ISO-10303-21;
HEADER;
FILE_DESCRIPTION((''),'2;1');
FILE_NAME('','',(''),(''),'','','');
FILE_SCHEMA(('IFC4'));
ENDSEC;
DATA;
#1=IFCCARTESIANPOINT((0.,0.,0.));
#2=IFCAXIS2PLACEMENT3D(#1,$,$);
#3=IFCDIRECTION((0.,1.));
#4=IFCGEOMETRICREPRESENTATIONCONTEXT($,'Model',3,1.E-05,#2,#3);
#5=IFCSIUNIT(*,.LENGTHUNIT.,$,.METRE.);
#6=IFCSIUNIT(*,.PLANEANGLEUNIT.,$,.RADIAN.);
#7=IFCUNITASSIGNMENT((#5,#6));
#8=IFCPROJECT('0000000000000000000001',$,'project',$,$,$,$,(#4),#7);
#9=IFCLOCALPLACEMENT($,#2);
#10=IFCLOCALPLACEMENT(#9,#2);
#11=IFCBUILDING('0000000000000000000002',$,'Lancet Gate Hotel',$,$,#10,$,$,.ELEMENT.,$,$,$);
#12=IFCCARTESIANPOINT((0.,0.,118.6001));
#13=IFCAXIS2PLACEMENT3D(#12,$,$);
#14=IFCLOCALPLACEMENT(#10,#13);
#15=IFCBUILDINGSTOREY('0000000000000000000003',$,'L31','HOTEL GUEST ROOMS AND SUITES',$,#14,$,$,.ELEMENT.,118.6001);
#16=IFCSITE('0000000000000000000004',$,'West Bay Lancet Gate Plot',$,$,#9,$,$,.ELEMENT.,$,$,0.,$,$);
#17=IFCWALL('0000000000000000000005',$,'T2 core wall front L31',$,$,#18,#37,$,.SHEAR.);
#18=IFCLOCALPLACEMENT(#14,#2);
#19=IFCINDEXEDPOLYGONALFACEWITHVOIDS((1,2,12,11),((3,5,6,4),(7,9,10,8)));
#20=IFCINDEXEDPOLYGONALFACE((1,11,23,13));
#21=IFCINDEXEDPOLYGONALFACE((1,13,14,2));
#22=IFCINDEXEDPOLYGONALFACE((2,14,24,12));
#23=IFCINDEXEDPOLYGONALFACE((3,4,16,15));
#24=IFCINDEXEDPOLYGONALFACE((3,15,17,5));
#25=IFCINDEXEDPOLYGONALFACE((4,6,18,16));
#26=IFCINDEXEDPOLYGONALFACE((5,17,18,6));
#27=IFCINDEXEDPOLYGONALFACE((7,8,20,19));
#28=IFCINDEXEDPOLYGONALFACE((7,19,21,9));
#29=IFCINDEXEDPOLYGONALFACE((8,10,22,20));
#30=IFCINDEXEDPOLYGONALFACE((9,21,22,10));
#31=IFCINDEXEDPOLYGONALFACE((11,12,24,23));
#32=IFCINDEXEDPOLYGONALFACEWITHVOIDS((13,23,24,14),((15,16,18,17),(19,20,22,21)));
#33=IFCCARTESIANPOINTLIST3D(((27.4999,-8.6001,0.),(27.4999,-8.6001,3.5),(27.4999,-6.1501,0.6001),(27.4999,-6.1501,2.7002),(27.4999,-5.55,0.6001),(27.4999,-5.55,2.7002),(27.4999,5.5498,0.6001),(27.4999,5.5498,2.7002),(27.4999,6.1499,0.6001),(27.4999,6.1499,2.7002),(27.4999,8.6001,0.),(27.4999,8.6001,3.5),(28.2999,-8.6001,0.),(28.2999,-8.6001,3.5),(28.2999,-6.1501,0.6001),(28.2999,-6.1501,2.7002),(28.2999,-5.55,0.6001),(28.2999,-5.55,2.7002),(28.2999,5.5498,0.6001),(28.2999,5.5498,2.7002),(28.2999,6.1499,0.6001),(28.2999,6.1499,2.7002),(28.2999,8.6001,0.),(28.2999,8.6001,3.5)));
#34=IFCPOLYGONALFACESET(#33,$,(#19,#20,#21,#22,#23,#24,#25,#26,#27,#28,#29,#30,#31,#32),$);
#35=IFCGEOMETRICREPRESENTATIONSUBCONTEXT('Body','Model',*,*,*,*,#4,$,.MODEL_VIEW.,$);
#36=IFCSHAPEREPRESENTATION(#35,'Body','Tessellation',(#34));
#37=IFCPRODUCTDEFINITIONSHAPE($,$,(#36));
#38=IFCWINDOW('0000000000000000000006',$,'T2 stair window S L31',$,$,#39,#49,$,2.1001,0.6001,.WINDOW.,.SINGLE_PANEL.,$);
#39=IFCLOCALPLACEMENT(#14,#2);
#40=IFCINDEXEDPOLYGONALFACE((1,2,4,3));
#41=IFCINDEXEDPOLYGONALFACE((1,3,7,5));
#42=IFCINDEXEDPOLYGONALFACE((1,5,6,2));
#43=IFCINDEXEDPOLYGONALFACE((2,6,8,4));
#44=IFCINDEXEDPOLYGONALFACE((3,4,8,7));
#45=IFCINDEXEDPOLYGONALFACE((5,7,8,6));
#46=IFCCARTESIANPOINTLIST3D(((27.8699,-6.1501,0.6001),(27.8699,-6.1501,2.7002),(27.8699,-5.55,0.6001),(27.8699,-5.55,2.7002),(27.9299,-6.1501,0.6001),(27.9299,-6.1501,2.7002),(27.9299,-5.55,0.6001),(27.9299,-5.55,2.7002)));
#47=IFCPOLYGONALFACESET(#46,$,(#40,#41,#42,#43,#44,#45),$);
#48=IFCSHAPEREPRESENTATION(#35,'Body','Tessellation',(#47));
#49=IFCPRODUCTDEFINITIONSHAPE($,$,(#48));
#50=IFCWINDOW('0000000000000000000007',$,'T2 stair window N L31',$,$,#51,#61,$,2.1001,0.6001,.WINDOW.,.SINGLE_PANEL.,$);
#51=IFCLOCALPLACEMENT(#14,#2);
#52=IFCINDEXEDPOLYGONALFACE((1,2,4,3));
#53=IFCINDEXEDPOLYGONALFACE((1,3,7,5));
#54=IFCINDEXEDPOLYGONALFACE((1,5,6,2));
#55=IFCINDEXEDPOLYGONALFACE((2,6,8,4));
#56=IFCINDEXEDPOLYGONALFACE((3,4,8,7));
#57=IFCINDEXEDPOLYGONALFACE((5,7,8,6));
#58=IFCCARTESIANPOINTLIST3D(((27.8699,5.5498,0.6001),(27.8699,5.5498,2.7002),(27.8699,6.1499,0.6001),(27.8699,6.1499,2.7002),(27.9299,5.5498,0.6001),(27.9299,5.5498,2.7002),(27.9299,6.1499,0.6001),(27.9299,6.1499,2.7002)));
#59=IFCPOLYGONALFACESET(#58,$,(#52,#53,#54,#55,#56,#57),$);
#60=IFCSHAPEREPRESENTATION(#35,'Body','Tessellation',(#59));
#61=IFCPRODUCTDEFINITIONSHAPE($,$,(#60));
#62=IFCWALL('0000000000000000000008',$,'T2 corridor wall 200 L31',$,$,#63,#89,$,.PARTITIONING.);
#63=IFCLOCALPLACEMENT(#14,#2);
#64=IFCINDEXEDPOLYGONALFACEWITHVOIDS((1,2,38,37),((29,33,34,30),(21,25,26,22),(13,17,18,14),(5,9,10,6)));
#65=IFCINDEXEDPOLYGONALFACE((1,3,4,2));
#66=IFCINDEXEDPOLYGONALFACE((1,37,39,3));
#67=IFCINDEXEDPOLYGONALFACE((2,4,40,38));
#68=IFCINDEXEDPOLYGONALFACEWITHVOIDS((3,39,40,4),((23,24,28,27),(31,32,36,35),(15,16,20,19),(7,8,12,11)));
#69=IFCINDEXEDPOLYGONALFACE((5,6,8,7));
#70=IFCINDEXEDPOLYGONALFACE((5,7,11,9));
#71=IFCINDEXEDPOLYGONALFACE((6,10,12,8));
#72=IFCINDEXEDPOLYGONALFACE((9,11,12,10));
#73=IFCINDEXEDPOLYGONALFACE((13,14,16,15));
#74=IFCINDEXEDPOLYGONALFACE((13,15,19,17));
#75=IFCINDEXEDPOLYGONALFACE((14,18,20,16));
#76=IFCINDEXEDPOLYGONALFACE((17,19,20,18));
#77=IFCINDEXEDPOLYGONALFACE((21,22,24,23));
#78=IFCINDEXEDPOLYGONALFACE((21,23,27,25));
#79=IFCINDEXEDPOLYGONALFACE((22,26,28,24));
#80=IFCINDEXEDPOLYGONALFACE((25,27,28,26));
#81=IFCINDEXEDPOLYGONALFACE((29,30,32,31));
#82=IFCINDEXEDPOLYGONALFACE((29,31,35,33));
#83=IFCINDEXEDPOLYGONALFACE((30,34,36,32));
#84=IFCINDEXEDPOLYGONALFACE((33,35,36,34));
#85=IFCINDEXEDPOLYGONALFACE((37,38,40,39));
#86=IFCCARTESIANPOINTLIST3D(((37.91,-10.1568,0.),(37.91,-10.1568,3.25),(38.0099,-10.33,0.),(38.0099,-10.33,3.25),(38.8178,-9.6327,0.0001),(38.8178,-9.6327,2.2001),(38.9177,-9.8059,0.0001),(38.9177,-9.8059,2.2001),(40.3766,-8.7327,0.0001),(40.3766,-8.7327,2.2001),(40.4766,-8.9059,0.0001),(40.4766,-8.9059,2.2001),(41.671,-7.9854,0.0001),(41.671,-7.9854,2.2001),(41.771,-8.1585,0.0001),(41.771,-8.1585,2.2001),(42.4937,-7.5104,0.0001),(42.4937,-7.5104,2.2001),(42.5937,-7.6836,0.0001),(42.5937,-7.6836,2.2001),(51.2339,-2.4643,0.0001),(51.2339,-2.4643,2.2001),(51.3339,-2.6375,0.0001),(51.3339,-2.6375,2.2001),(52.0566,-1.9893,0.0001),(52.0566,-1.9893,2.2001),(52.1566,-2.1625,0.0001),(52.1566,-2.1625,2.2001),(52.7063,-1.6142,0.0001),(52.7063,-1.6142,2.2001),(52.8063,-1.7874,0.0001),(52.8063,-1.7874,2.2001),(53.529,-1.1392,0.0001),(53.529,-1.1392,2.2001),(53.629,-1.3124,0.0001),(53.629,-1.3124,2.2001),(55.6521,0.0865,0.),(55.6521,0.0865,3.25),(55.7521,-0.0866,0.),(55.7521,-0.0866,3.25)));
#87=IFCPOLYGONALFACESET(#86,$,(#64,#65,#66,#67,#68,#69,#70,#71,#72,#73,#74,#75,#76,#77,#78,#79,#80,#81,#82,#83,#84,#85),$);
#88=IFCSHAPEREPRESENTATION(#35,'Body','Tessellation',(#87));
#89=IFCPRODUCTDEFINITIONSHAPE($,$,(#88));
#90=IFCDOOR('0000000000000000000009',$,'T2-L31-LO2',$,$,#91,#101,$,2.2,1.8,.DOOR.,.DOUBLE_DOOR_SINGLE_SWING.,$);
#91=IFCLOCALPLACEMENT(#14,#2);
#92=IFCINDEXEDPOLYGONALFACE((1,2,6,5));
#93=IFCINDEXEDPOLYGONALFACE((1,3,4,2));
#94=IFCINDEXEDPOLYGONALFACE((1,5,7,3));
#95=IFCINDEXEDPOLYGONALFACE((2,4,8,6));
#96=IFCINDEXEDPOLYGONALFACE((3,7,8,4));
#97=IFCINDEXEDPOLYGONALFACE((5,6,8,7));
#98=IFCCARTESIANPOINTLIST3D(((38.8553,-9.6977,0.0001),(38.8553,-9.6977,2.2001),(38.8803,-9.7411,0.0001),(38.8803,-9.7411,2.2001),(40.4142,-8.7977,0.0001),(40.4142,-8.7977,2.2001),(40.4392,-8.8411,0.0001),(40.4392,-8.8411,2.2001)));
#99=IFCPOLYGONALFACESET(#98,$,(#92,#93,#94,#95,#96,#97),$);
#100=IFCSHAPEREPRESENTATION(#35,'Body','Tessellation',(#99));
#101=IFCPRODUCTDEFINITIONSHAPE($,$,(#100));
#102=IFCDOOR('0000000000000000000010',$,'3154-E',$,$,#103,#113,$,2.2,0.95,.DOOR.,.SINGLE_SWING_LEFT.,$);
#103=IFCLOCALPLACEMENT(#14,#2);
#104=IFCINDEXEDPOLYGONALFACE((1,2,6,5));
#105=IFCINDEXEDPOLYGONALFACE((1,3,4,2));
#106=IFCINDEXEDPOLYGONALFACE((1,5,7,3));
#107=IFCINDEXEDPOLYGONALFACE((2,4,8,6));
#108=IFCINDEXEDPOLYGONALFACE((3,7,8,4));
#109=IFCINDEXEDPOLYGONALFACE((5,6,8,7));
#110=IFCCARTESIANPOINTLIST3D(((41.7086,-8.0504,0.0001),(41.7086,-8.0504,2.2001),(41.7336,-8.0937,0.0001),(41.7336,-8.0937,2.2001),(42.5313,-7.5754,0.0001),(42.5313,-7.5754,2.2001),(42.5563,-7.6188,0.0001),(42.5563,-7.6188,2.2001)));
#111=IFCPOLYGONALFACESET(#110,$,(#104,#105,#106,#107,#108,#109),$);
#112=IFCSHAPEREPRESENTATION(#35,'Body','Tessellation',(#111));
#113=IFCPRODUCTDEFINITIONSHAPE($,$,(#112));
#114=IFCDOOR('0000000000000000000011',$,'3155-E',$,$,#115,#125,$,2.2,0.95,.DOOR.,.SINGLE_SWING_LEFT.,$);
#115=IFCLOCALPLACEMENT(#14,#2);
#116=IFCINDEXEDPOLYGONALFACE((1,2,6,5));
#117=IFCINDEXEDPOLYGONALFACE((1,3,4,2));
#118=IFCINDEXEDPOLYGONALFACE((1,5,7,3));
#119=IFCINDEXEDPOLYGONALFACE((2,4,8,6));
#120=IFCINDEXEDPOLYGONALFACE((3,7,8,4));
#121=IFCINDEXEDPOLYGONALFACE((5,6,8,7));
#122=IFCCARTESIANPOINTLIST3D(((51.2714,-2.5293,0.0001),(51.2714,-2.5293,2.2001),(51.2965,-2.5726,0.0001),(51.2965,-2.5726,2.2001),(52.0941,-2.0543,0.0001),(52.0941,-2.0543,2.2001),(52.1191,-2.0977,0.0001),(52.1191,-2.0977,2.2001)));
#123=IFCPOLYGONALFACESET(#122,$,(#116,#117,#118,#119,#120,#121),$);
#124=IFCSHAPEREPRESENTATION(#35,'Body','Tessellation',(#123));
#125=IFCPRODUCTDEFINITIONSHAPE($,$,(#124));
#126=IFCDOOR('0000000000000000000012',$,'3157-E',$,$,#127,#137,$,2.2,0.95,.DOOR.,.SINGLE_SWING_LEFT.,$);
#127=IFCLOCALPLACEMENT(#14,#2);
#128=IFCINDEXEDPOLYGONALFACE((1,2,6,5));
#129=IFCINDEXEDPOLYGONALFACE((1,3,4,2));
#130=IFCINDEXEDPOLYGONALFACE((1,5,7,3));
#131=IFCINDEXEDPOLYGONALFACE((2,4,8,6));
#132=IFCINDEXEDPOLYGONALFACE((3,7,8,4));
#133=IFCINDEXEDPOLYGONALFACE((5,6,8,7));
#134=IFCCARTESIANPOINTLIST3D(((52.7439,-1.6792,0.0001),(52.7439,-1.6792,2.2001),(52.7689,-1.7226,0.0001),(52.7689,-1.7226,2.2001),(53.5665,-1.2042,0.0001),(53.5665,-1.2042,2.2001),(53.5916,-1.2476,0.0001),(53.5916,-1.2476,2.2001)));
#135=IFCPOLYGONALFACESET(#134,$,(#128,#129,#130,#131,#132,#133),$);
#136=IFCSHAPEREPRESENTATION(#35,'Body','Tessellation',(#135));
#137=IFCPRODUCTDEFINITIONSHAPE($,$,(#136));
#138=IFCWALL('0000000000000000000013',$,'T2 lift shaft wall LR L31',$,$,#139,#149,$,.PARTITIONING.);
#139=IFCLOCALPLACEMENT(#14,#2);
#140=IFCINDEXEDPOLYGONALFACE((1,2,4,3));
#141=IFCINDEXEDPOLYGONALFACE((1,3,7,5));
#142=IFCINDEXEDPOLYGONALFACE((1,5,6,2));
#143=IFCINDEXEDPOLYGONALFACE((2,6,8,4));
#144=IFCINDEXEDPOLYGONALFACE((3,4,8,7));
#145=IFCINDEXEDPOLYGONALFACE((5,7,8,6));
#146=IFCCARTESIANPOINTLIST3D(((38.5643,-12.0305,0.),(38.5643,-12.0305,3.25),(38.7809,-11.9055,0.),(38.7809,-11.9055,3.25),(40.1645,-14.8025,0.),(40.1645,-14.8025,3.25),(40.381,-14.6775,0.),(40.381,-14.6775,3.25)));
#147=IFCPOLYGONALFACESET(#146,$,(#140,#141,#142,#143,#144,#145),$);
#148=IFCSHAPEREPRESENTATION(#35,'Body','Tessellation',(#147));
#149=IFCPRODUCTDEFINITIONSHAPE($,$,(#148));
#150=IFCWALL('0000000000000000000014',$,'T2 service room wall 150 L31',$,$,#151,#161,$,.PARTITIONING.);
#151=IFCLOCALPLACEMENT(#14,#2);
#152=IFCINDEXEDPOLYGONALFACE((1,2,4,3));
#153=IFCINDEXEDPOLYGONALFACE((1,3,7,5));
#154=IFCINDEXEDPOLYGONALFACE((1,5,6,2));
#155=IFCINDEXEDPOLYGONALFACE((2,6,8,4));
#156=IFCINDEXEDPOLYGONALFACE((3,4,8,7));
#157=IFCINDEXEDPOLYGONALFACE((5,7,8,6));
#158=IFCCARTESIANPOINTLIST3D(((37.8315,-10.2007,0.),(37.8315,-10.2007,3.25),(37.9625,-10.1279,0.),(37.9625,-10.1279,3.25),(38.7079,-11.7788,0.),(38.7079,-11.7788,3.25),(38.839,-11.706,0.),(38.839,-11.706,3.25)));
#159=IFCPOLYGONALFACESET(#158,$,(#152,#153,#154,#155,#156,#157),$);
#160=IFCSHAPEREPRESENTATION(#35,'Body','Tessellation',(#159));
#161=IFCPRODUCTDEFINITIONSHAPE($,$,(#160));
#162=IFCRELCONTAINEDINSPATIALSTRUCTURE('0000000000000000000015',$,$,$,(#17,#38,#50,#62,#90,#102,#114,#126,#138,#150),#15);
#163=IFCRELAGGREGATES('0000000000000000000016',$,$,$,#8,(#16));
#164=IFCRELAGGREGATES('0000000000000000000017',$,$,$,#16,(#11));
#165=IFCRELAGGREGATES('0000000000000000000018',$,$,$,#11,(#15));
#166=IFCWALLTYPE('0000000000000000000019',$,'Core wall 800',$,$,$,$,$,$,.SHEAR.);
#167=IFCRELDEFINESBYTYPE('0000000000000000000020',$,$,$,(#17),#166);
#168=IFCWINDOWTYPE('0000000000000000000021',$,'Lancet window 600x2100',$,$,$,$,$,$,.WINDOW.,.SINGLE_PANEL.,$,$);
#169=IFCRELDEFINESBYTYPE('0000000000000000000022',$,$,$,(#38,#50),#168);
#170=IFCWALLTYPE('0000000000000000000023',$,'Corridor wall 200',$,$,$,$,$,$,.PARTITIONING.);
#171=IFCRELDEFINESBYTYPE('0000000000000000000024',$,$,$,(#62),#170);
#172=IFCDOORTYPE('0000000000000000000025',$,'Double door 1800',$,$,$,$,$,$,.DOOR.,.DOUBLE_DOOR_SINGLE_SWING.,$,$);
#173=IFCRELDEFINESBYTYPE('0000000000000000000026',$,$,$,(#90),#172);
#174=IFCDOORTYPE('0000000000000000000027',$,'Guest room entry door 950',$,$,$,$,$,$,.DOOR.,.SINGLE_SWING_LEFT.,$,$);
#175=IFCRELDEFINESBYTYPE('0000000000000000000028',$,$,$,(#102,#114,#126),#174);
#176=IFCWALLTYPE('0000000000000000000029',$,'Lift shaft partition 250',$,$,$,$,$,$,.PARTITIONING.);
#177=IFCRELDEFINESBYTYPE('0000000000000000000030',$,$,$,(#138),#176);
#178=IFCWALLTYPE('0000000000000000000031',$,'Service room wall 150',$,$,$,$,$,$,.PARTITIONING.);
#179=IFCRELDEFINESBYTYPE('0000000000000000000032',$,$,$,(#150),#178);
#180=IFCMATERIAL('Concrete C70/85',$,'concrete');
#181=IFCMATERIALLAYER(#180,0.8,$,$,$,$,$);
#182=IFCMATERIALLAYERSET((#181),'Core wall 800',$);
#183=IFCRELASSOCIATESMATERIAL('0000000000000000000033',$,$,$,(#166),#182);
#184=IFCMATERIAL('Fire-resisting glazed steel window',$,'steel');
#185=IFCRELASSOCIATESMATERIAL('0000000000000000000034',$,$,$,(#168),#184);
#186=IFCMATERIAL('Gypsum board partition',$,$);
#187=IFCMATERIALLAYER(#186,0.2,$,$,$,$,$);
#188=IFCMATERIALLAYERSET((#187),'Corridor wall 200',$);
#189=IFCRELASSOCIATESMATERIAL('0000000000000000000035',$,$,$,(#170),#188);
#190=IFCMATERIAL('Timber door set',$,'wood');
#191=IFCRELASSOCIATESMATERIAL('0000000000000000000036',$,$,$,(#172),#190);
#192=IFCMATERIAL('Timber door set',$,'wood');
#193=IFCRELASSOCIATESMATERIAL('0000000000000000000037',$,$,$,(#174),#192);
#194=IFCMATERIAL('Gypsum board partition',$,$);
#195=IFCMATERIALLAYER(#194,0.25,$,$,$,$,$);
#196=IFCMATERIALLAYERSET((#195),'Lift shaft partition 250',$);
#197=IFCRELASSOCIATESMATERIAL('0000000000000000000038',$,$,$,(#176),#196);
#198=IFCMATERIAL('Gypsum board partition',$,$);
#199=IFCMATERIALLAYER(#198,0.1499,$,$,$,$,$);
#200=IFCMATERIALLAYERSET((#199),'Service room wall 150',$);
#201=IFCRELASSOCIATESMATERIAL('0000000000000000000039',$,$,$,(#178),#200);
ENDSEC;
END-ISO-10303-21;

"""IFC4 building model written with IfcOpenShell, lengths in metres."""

from ifc_helpers import new_model, si_unit, direction, frame, frame_2d, origin, place, context, subcontext, project, spatial, rectangle, extrude, material, layer, layer_set, type_object, element, fill, save


model = new_model("IFC4")

# Units and contexts
model_context = context("Model", 3, precision=1e-05, world=origin(), true_north=direction((0.0, 1.0)))
body_context = subcontext(model_context, "Body", "Model", "MODEL_VIEW")
ifc_project = project(units=[si_unit("LENGTHUNIT", "METRE"), si_unit("PLANEANGLEUNIT", "RADIAN")], contexts=[model_context])

# Site, building, storey
site_placement = place(None, origin())
site = spatial("IfcSite", under=ifc_project, at=site_placement, Name="West Bay Lancet Gate Plot", CompositionType="ELEMENT", RefElevation=0.0)
building_placement = place(site_placement, origin())
building = spatial("IfcBuilding", under=site, at=building_placement, Name="Lancet Gate Hotel", CompositionType="ELEMENT")
storey_placement = place(building_placement, frame((0.0, 0.0, 118.6001)))
storey = spatial("IfcBuildingStorey", under=building, at=storey_placement, Name="L31", Description="HOTEL GUEST ROOMS AND SUITES", CompositionType="ELEMENT", Elevation=118.6001)

# Wall, openings, windows
ifc_material_1 = material(Name="Concrete C70/85", Category="concrete")
ifc_layer_1 = layer(ifc_material_1, 0.8)
ifc_layer_set_1 = layer_set([ifc_layer_1], Name="Core wall 800")
wall_type_1 = type_object("IfcWallType", Name="Core wall 800", PredefinedType="SHEAR", material=ifc_layer_set_1)
wall_1_placement = place(storey_placement, frame((27.8999, -8.6001, 0.0), z_axis=(0.0, 0.0, 1.0), x_axis=(0.0, 1.0, 0.0)))
wall_1 = element("IfcWall", 1, at=wall_1_placement, inside=storey, type_object=wall_type_1, Name="T2 core wall front L31", PredefinedType="SHEAR", context=body_context, shape_type="SweptSolid", body=[
    extrude(rectangle(XDim=17.2002, YDim=0.8, at=frame_2d((8.6001, 0.0))), origin(), (0.0, 0.0, 1.0), 3.5),
])
opening_1_placement = place(wall_1_placement, frame((2.45, 0.0, 0.6001)))
opening_1 = element("IfcOpeningElement", 2, at=opening_1_placement, cuts=wall_1, PredefinedType="OPENING", context=body_context, shape_type="SweptSolid", body=[
    extrude(rectangle(XDim=0.6001, YDim=2.1001, at=frame_2d((0.3, 1.05))), frame((0.0, 0.4099, 0.0), z_axis=(0.0, -1.0, 0.0), x_axis=(1.0, 0.0, 0.0)), (0.0, 0.0, 1.0), 0.8201),
])
opening_2_placement = place(wall_1_placement, frame((14.1499, 0.0, 0.6001)))
opening_2 = element("IfcOpeningElement", 3, at=opening_2_placement, cuts=wall_1, PredefinedType="OPENING", context=body_context, shape_type="SweptSolid", body=[
    extrude(rectangle(XDim=0.6001, YDim=2.1001, at=frame_2d((0.3, 1.05))), frame((0.0, 0.4099, 0.0), z_axis=(0.0, -1.0, 0.0), x_axis=(1.0, 0.0, 0.0)), (0.0, 0.0, 1.0), 0.8201),
])
ifc_material_2 = material(Name="Fire-resisting glazed steel window", Category="steel")
window_type = type_object("IfcWindowType", Name="Lancet window 600x2100", PartitioningType="SINGLE_PANEL", PredefinedType="WINDOW", material=ifc_material_2)
window_1_placement = place(opening_1_placement, origin())
window_1 = element("IfcWindow", 4, at=window_1_placement, inside=storey, type_object=window_type, Name="T2 stair window S L31", OverallHeight=2.1001, OverallWidth=0.6001, PartitioningType="SINGLE_PANEL", PredefinedType="WINDOW", context=body_context, shape_type="SweptSolid", body=[
    extrude(rectangle(XDim=0.6001, YDim=2.1001, at=frame_2d((0.3, 1.05))), frame((0.0, 0.03, 0.0), z_axis=(0.0, -1.0, 0.0), x_axis=(1.0, 0.0, 0.0)), (0.0, 0.0, 1.0), 0.0601),
])
fill(opening_1, window_1)
window_2_placement = place(opening_2_placement, origin())
window_2 = element("IfcWindow", 5, at=window_2_placement, inside=storey, type_object=window_type, Name="T2 stair window N L31", OverallHeight=2.1001, OverallWidth=0.6001, PartitioningType="SINGLE_PANEL", PredefinedType="WINDOW", context=body_context, shape_type="SweptSolid", body=[
    extrude(rectangle(XDim=0.6001, YDim=2.1001, at=frame_2d((0.3, 1.05))), frame((0.0, 0.03, 0.0), z_axis=(0.0, -1.0, 0.0), x_axis=(1.0, 0.0, 0.0)), (0.0, 0.0, 1.0), 0.0601),
])
fill(opening_2, window_2)

# Wall, openings, doors
ifc_material_3 = material(Name="Gypsum board partition")
ifc_layer_2 = layer(ifc_material_3, 0.2)
ifc_layer_set_2 = layer_set([ifc_layer_2], Name="Corridor wall 200")
wall_type_2 = type_object("IfcWallType", Name="Corridor wall 200", PredefinedType="PARTITIONING", material=ifc_layer_set_2)
wall_2_placement = place(storey_placement, frame((37.96, -10.2434, 0.0), z_axis=(0.0, 0.0, 1.0), x_axis=(0.866026, 0.499998, 0.0)))
wall_2 = element("IfcWall", 6, at=wall_2_placement, inside=storey, type_object=wall_type_2, Name="T2 corridor wall 200 L31", PredefinedType="PARTITIONING", context=body_context, shape_type="SweptSolid", body=[
    extrude(rectangle(XDim=20.4868, YDim=0.2, at=frame_2d((10.2434, 0.0))), origin(), (0.0, 0.0, 1.0), 3.25),
])
opening_3_placement = place(wall_2_placement, frame((4.3428, 0.0, 0.0)))
opening_3 = element("IfcOpeningElement", 7, at=opening_3_placement, cuts=wall_2, PredefinedType="OPENING", context=body_context, shape_type="SweptSolid", body=[
    extrude(rectangle(XDim=0.95, YDim=2.2, at=frame_2d((0.4751, 1.1001))), frame((0.0, 0.1099, 0.0), z_axis=(0.0, -1.0, 0.0), x_axis=(1.0, 0.0, 0.0)), (0.0, 0.0, 1.0), 0.22),
])
opening_4_placement = place(wall_2_placement, frame((15.385, 0.0, 0.0)))
opening_4 = element("IfcOpeningElement", 8, at=opening_4_placement, cuts=wall_2, PredefinedType="OPENING", context=body_context, shape_type="SweptSolid", body=[
    extrude(rectangle(XDim=0.95, YDim=2.2, at=frame_2d((0.4751, 1.1001))), frame((0.0, 0.1099, 0.0), z_axis=(0.0, -1.0, 0.0), x_axis=(1.0, 0.0, 0.0)), (0.0, 0.0, 1.0), 0.22),
])
opening_5_placement = place(wall_2_placement, frame((17.0852, 0.0, 0.0)))
opening_5 = element("IfcOpeningElement", 9, at=opening_5_placement, cuts=wall_2, PredefinedType="OPENING", context=body_context, shape_type="SweptSolid", body=[
    extrude(rectangle(XDim=0.95, YDim=2.2, at=frame_2d((0.4751, 1.1001))), frame((0.0, 0.1099, 0.0), z_axis=(0.0, -1.0, 0.0), x_axis=(1.0, 0.0, 0.0)), (0.0, 0.0, 1.0), 0.22),
])
opening_6_placement = place(wall_2_placement, frame((1.0483, 0.0, 0.0)))
opening_6 = element("IfcOpeningElement", 10, at=opening_6_placement, cuts=wall_2, PredefinedType="OPENING", context=body_context, shape_type="SweptSolid", body=[
    extrude(rectangle(XDim=1.8, YDim=2.2, at=frame_2d((0.8999, 1.1001))), frame((0.0, 0.1099, 0.0), z_axis=(0.0, -1.0, 0.0), x_axis=(1.0, 0.0, 0.0)), (0.0, 0.0, 1.0), 0.22),
])
ifc_material_4 = material(Name="Timber door set", Category="wood")
door_type_1 = type_object("IfcDoorType", Name="Double door 1800", OperationType="DOUBLE_DOOR_SINGLE_SWING", PredefinedType="DOOR", material=ifc_material_4)
door_1_placement = place(opening_6_placement, origin())
door_1 = element("IfcDoor", 11, at=door_1_placement, inside=storey, type_object=door_type_1, Name="T2-L31-LO2", OperationType="DOUBLE_DOOR_SINGLE_SWING", OverallHeight=2.2, OverallWidth=1.8, PredefinedType="DOOR", context=body_context, shape_type="SweptSolid", body=[
    extrude(rectangle(XDim=1.8, YDim=2.2, at=frame_2d((0.8999, 1.1001))), frame((0.0, 0.0249, 0.0), z_axis=(0.0, -1.0, 0.0), x_axis=(1.0, 0.0, 0.0)), (0.0, 0.0, 1.0), 0.05),
])
fill(opening_6, door_1)
ifc_material_5 = material(Name="Timber door set", Category="wood")
door_type_2 = type_object("IfcDoorType", Name="Guest room entry door 950", OperationType="SINGLE_SWING_LEFT", PredefinedType="DOOR", material=ifc_material_5)
door_2_placement = place(opening_3_placement, origin())
door_2 = element("IfcDoor", 12, at=door_2_placement, inside=storey, type_object=door_type_2, Name="3154-E", OperationType="SINGLE_SWING_LEFT", OverallHeight=2.2, OverallWidth=0.95, PredefinedType="DOOR", context=body_context, shape_type="SweptSolid", body=[
    extrude(rectangle(XDim=0.95, YDim=2.2, at=frame_2d((0.4751, 1.1001))), frame((0.0, 0.0249, 0.0), z_axis=(0.0, -1.0, 0.0), x_axis=(1.0, 0.0, 0.0)), (0.0, 0.0, 1.0), 0.05),
])
fill(opening_3, door_2)
door_3_placement = place(opening_4_placement, origin())
door_3 = element("IfcDoor", 13, at=door_3_placement, inside=storey, type_object=door_type_2, Name="3155-E", OperationType="SINGLE_SWING_LEFT", OverallHeight=2.2, OverallWidth=0.95, PredefinedType="DOOR", context=body_context, shape_type="SweptSolid", body=[
    extrude(rectangle(XDim=0.95, YDim=2.2, at=frame_2d((0.4751, 1.1001))), frame((0.0, 0.0249, 0.0), z_axis=(0.0, -1.0, 0.0), x_axis=(1.0, 0.0, 0.0)), (0.0, 0.0, 1.0), 0.05),
])
fill(opening_4, door_3)
door_4_placement = place(opening_5_placement, origin())
door_4 = element("IfcDoor", 14, at=door_4_placement, inside=storey, type_object=door_type_2, Name="3157-E", OperationType="SINGLE_SWING_LEFT", OverallHeight=2.2, OverallWidth=0.95, PredefinedType="DOOR", context=body_context, shape_type="SweptSolid", body=[
    extrude(rectangle(XDim=0.95, YDim=2.2, at=frame_2d((0.4751, 1.1001))), frame((0.0, 0.0249, 0.0), z_axis=(0.0, -1.0, 0.0), x_axis=(1.0, 0.0, 0.0)), (0.0, 0.0, 1.0), 0.05),
])
fill(opening_5, door_4)

# Walls
ifc_material_6 = material(Name="Gypsum board partition")
ifc_layer_3 = layer(ifc_material_6, 0.25)
ifc_layer_set_3 = layer_set([ifc_layer_3], Name="Lift shaft partition 250")
wall_type_3 = type_object("IfcWallType", Name="Lift shaft partition 250", PredefinedType="PARTITIONING", material=ifc_layer_set_3)
wall_3_placement = place(storey_placement, frame((38.6726, -11.968, 0.0), z_axis=(0.0, 0.0, 1.0), x_axis=(0.499929, -0.866066, 0.0)))
element("IfcWall", 15, at=wall_3_placement, inside=storey, type_object=wall_type_3, Name="T2 lift shaft wall LR L31", PredefinedType="PARTITIONING", context=body_context, shape_type="SweptSolid", body=[
    extrude(rectangle(XDim=3.2007, YDim=0.25, at=frame_2d((1.6003, 0.0))), origin(), (0.0, 0.0, 1.0), 3.25),
])
ifc_material_7 = material(Name="Gypsum board partition")
ifc_layer_4 = layer(ifc_material_7, 0.1499)
ifc_layer_set_4 = layer_set([ifc_layer_4], Name="Service room wall 150")
wall_type_4 = type_object("IfcWallType", Name="Service room wall 150", PredefinedType="PARTITIONING", material=ifc_layer_set_4)
wall_4_placement = place(storey_placement, frame((38.7734, -11.7424, 0.0), z_axis=(0.0, 0.0, 1.0), x_axis=(-0.485528, 0.874221, 0.0)))
element("IfcWall", 16, at=wall_4_placement, inside=storey, type_object=wall_type_4, Name="T2 service room wall 150 L31", PredefinedType="PARTITIONING", context=body_context, shape_type="SweptSolid", body=[
    extrude(rectangle(XDim=1.8052, YDim=0.1499, at=frame_2d((0.9026, 0.0))), origin(), (0.0, 0.0, 1.0), 3.25),
])

save(model, "model.ifc")
